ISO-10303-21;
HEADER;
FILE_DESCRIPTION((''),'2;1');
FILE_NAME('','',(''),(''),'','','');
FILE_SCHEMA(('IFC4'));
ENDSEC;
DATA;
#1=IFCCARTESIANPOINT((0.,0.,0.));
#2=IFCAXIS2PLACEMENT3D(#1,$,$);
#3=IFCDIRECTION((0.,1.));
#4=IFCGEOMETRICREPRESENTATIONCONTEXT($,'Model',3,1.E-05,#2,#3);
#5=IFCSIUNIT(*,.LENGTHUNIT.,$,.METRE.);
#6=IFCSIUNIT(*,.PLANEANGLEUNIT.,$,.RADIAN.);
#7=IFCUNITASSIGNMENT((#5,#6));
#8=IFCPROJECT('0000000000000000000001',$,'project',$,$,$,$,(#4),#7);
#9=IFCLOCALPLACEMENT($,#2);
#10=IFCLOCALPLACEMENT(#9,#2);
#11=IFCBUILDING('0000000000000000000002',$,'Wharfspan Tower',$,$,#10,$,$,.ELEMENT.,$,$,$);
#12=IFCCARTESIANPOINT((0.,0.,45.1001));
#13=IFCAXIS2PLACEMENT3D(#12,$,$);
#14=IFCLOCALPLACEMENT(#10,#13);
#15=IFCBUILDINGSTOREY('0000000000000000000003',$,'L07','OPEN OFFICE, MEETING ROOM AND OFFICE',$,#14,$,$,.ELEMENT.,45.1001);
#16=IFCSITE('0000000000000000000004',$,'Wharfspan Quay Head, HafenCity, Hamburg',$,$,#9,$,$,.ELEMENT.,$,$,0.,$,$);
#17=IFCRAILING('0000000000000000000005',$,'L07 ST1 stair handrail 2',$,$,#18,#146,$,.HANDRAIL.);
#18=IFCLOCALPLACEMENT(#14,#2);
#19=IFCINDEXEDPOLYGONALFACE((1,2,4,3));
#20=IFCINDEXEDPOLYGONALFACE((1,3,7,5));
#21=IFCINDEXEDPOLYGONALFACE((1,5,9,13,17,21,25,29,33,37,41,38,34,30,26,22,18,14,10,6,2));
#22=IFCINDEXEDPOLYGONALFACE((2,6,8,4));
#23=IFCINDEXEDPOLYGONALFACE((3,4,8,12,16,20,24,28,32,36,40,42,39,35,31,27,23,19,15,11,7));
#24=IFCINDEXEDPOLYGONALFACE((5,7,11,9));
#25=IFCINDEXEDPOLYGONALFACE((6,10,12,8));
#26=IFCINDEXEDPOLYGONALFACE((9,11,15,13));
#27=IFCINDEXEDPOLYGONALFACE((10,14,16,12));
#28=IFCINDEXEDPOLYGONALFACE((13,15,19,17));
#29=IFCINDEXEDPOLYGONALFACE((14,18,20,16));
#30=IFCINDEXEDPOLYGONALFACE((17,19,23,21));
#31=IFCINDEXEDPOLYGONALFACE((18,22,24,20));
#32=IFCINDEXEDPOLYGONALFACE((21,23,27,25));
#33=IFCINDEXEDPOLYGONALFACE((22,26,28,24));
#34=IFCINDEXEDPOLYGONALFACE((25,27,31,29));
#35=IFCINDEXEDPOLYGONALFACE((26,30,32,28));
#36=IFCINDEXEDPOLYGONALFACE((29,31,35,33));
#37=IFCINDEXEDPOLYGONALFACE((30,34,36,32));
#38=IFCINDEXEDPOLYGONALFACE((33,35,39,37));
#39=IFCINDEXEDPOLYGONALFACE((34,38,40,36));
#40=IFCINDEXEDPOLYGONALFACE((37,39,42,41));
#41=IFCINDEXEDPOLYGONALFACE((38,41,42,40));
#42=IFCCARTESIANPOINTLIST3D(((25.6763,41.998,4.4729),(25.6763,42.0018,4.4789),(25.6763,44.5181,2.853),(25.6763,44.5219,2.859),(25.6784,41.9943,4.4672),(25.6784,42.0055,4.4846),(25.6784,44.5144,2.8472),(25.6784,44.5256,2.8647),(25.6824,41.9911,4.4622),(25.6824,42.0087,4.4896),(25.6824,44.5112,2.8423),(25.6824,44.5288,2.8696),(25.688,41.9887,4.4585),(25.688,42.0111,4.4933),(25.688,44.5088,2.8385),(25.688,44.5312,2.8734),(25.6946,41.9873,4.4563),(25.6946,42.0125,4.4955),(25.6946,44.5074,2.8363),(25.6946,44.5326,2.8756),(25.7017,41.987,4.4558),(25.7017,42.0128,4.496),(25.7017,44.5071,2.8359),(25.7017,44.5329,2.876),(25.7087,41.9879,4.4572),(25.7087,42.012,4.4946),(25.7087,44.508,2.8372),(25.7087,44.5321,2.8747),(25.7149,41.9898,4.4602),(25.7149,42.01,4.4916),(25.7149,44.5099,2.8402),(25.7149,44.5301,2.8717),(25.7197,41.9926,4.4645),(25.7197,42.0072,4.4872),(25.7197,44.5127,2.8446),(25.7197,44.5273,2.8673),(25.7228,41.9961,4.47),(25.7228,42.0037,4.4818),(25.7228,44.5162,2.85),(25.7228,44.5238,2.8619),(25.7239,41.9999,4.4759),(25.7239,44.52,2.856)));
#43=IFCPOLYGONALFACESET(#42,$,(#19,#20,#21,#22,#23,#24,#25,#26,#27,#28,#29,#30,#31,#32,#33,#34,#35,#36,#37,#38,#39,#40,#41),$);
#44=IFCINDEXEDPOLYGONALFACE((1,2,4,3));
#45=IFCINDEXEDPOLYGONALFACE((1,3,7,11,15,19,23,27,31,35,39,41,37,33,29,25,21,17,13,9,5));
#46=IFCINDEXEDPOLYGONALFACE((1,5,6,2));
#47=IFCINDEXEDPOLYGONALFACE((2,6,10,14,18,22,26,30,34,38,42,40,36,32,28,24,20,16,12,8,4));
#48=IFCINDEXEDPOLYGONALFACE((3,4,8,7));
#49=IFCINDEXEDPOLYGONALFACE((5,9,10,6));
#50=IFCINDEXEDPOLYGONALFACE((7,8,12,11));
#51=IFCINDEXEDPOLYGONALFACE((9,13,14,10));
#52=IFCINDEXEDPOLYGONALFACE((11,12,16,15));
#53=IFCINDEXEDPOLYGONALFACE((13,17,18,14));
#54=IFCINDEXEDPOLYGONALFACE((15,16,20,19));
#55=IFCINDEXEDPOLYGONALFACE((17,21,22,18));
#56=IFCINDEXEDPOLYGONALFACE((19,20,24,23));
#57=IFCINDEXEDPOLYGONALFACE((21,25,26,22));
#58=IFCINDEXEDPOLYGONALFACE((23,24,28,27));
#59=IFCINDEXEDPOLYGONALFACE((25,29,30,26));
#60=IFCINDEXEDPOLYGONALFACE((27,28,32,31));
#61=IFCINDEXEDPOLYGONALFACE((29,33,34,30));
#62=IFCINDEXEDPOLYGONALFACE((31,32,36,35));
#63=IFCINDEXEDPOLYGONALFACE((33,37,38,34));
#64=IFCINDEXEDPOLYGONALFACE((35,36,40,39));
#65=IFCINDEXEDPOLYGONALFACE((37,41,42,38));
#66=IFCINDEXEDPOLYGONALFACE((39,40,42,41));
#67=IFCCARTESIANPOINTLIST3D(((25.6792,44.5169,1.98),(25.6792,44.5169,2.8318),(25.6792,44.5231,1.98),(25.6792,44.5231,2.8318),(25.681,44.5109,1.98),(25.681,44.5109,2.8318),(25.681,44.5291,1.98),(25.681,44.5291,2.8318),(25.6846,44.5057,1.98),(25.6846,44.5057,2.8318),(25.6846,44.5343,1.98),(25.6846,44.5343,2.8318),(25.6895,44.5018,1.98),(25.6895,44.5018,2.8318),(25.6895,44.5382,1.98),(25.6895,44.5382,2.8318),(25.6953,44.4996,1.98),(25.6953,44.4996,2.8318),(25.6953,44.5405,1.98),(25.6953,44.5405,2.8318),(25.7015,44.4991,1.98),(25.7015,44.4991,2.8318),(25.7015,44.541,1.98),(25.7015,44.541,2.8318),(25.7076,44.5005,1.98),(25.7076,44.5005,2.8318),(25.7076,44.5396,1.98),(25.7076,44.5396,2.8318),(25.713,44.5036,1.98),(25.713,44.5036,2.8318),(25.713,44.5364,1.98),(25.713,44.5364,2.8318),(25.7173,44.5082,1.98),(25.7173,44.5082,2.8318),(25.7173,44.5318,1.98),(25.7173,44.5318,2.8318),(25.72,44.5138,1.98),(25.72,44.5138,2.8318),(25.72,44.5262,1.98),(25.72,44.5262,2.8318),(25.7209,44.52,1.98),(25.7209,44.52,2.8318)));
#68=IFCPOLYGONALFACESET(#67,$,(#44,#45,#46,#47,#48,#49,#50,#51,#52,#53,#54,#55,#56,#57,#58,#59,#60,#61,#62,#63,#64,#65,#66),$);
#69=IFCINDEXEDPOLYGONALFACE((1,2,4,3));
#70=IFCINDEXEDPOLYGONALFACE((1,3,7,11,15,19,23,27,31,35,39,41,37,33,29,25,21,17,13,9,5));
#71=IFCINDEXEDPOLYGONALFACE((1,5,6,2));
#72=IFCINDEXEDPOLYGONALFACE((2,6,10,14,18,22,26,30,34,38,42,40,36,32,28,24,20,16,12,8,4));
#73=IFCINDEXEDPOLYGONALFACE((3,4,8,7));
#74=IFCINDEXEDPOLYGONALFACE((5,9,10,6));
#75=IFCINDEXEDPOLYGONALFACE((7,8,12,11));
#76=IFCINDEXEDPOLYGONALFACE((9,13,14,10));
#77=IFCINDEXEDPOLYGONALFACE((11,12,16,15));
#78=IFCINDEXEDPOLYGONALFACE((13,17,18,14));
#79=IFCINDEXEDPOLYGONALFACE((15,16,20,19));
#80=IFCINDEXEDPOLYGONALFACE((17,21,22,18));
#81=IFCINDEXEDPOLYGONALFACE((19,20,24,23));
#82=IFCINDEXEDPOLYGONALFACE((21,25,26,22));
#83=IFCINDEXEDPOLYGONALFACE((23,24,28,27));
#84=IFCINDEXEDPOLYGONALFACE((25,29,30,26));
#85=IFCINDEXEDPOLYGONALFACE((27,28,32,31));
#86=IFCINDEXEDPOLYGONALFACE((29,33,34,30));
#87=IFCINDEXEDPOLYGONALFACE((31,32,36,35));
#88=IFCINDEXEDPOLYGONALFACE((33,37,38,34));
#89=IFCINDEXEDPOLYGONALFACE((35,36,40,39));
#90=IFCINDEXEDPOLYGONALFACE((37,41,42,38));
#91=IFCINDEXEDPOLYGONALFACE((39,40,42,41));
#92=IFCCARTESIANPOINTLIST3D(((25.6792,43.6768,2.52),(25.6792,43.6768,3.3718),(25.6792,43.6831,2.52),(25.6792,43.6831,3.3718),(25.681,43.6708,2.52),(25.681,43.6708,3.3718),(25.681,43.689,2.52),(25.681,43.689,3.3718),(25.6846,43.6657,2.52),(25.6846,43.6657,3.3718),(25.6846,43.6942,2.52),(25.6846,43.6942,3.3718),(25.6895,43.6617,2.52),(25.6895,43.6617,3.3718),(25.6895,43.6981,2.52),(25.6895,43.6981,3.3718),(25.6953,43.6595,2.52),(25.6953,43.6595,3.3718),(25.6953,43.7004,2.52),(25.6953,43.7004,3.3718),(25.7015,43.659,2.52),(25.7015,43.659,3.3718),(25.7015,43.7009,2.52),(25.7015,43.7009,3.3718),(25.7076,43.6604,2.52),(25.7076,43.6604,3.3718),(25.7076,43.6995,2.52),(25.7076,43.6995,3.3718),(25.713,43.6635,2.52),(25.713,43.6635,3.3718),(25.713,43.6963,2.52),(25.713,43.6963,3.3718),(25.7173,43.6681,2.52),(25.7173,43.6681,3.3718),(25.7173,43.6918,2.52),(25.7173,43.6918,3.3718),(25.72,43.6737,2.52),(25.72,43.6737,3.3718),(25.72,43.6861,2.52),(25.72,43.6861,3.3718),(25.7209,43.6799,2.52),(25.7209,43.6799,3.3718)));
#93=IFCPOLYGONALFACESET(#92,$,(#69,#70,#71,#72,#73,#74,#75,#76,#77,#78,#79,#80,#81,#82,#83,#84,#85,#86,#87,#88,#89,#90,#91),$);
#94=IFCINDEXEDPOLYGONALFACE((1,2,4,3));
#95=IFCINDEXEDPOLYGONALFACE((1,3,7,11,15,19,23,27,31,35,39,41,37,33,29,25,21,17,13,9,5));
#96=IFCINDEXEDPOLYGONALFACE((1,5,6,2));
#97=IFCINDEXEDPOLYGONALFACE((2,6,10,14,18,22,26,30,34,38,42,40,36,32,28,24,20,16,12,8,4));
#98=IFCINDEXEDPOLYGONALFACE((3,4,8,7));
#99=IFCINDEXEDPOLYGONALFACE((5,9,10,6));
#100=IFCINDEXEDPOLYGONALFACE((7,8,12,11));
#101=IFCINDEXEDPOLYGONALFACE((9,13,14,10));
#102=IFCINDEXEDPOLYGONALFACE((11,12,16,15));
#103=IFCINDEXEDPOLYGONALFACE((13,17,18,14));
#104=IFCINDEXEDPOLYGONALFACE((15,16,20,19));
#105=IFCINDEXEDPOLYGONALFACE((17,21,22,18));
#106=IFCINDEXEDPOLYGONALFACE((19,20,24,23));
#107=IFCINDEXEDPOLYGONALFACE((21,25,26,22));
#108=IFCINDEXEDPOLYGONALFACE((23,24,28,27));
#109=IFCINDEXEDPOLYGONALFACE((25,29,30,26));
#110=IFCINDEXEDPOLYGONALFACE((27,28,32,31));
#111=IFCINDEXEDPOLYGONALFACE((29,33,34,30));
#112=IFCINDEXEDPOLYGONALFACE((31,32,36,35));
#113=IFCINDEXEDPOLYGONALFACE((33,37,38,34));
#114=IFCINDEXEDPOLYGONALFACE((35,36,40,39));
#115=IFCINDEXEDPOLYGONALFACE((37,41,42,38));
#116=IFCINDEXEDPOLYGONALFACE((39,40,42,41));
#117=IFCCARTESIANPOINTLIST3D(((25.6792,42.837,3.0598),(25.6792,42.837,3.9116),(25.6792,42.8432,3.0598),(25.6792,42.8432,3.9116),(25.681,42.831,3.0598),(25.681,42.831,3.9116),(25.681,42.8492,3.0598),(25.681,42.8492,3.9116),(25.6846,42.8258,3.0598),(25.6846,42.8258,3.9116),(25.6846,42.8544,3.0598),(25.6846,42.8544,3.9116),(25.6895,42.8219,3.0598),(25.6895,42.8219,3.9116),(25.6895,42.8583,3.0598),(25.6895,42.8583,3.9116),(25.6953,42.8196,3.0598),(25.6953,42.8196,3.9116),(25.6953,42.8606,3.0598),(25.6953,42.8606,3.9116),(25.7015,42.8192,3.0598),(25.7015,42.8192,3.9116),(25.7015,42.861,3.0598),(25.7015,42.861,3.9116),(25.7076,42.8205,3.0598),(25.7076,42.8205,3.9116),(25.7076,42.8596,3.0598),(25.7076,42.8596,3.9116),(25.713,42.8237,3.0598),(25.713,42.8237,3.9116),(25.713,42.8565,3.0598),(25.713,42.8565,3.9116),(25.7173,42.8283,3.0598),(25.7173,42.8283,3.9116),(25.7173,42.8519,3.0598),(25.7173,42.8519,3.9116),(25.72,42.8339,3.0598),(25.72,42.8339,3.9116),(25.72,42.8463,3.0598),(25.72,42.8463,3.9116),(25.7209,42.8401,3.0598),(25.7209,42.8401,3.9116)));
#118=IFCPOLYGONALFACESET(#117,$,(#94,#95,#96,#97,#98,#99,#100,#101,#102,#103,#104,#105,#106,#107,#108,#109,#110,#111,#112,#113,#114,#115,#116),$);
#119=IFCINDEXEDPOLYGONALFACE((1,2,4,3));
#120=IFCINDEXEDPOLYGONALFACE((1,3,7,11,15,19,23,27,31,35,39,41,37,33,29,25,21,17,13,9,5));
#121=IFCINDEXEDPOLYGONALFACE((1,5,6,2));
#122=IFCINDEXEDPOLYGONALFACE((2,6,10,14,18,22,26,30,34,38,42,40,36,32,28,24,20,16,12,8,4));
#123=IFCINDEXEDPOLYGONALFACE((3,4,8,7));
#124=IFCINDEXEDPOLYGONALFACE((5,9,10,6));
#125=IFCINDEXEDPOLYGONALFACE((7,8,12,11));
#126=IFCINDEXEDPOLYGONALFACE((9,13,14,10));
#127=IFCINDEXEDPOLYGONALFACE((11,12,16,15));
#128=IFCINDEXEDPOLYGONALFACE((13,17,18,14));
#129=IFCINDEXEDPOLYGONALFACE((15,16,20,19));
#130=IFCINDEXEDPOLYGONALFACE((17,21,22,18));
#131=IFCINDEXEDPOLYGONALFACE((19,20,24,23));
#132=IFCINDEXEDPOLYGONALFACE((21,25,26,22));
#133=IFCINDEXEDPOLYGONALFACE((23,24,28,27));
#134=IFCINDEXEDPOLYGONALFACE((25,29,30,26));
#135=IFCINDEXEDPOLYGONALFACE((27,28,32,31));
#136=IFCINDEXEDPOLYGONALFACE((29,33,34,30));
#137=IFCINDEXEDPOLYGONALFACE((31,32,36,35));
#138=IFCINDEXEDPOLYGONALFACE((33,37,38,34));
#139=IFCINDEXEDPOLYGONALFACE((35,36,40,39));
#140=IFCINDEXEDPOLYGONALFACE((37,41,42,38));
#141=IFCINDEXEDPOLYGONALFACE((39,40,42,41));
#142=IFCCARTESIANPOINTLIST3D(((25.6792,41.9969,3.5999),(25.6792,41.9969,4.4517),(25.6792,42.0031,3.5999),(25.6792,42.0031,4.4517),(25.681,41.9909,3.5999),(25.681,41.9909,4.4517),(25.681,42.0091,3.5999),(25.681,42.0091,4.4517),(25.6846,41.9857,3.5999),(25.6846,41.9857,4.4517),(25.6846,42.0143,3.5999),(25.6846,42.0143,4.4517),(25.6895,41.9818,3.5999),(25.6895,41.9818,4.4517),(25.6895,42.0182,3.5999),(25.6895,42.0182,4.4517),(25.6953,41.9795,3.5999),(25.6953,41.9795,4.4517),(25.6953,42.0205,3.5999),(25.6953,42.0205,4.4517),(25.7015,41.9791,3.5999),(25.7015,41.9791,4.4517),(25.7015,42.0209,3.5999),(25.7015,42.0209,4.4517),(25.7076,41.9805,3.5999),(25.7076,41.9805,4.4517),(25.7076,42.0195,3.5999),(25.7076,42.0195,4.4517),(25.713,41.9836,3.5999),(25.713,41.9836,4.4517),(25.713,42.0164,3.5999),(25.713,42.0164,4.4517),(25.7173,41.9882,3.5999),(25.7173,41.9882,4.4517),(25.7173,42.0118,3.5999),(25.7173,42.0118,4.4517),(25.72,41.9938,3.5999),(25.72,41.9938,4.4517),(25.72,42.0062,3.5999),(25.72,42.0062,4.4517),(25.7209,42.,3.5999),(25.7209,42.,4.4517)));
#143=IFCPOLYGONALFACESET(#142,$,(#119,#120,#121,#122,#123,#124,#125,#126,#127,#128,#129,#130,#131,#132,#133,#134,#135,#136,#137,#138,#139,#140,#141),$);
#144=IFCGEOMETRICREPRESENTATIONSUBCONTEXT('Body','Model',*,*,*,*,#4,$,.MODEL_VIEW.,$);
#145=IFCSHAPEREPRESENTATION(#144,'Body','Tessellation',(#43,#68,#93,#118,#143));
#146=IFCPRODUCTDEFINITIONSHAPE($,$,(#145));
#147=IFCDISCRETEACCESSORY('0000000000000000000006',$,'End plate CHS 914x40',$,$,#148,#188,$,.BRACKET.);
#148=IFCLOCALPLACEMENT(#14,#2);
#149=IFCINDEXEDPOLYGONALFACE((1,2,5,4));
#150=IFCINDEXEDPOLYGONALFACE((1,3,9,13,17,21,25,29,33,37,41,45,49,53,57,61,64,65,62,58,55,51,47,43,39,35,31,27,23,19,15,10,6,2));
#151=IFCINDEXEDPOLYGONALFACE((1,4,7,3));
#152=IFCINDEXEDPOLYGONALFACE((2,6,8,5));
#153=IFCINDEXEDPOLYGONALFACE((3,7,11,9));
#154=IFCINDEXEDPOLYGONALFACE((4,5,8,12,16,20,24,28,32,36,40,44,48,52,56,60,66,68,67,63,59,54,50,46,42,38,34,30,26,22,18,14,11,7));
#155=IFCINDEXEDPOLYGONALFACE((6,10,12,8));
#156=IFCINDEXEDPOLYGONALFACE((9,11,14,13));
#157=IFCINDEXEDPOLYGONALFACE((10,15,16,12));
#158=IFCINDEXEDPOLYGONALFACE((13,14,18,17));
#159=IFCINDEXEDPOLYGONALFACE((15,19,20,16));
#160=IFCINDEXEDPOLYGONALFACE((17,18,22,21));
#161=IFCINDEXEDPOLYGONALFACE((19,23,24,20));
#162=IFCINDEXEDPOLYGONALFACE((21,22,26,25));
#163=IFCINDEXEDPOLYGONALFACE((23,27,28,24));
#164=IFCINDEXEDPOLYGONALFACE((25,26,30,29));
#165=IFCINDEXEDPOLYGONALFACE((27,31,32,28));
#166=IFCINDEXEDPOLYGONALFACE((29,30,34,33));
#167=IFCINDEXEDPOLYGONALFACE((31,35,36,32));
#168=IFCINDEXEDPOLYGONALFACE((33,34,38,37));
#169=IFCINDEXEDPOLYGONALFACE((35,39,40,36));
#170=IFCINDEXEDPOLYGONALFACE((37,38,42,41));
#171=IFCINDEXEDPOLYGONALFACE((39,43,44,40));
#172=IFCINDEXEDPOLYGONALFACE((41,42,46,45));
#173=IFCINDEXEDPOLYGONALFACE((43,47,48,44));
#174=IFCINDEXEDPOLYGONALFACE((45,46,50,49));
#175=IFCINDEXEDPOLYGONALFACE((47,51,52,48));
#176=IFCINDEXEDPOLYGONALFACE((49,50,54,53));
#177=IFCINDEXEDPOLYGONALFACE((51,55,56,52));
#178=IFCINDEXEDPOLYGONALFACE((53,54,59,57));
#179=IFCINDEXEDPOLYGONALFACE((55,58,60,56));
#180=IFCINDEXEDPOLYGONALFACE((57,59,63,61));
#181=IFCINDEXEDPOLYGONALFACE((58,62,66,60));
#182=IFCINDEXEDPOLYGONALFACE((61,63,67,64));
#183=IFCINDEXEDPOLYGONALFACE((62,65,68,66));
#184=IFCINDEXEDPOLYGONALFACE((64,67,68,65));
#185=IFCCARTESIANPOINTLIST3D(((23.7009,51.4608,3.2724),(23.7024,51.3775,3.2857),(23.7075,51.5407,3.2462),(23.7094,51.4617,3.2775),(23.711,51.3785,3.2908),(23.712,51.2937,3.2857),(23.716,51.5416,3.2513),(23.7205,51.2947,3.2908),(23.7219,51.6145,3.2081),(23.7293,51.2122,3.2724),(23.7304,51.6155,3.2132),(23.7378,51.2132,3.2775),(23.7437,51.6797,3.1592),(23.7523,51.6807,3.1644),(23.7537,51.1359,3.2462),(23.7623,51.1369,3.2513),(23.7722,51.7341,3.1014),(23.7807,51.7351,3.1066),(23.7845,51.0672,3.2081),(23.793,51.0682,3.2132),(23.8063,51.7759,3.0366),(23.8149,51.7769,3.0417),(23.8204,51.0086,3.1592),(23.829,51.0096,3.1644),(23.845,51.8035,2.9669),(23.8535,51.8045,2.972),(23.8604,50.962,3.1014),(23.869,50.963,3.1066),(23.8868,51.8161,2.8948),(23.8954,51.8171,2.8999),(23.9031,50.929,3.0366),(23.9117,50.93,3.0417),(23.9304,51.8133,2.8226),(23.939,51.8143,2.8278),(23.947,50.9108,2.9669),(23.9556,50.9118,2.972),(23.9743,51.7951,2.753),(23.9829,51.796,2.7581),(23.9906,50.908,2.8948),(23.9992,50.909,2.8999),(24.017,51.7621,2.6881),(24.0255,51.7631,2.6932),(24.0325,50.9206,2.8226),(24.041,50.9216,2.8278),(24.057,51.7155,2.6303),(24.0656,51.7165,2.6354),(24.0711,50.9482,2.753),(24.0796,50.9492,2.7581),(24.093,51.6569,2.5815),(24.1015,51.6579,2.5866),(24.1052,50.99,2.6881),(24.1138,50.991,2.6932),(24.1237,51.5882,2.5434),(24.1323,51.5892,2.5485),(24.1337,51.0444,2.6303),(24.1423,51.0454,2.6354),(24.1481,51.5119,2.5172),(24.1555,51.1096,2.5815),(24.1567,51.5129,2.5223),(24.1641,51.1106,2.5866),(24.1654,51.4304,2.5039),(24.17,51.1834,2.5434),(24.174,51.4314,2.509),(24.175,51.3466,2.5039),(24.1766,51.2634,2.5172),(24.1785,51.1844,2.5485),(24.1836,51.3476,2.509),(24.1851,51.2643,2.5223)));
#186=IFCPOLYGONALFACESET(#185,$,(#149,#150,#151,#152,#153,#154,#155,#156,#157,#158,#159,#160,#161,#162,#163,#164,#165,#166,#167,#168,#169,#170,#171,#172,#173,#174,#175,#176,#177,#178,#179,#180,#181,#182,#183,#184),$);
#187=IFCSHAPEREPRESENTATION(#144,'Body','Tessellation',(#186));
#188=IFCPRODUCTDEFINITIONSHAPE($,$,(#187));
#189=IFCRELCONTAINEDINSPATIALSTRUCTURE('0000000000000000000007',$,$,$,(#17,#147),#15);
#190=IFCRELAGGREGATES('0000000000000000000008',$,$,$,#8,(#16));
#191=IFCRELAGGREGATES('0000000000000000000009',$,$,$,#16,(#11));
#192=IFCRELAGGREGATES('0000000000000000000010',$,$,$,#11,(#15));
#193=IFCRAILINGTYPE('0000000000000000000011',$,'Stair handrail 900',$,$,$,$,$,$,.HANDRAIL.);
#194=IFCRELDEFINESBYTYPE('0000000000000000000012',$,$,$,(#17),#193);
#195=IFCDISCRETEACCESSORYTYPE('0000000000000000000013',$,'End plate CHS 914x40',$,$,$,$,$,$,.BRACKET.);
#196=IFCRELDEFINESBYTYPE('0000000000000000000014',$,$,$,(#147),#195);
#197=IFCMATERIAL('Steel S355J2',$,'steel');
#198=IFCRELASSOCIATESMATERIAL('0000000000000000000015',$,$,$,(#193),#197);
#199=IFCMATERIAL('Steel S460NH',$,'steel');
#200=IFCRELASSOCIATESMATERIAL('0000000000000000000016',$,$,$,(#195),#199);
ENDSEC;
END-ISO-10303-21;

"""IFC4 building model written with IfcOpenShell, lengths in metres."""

from ifc_helpers import new_model, si_unit, direction, frame, origin, origin_2d, place, context, subcontext, project, spatial, circle, extrude, material, material_profile, profile_set, type_object, element, save


model = new_model("IFC4")

# Units and contexts
model_context = context("Model", 3, precision=1e-05, world=origin(), true_north=direction((0.0, 1.0)))
body_context = subcontext(model_context, "Body", "Model", "MODEL_VIEW")
ifc_project = project(units=[si_unit("LENGTHUNIT", "METRE"), si_unit("PLANEANGLEUNIT", "RADIAN")], contexts=[model_context])

# Site, building, storey
site_placement = place(None, origin())
site = spatial("IfcSite", under=ifc_project, at=site_placement, Name="Wharfspan Quay Head, HafenCity, Hamburg", CompositionType="ELEMENT", RefElevation=0.0)
building_placement = place(site_placement, origin())
building = spatial("IfcBuilding", under=site, at=building_placement, Name="Wharfspan Tower", CompositionType="ELEMENT")
storey_placement = place(building_placement, frame((0.0, 0.0, 45.1001)))
storey = spatial("IfcBuildingStorey", under=building, at=storey_placement, Name="L07", Description="OPEN OFFICE, MEETING ROOM AND OFFICE", CompositionType="ELEMENT", Elevation=45.1001)

# Shared definitions
ifc_material_1 = material(Name="Steel S355J2", Category="steel")

# Shared definitions
ifc_material_2 = material(Name="Steel S460NH", Category="steel")

# Railing
railing_type_1 = type_object("IfcRailingType", Name="Stair handrail 900", PredefinedType="HANDRAIL", material=ifc_material_1)
railing_1_placement = place(storey_placement, frame((25.7, 44.52, 1.98)))
element("IfcRailing", 1, at=railing_1_placement, inside=storey, type_object=railing_type_1, Name="L07 ST1 stair handrail 2", PredefinedType="HANDRAIL", context=body_context, shape_type="SweptSolid", body=[
    extrude(circle(Radius=0.0239, at=origin_2d()), frame((0.0, 0.0, 0.876), z_axis=(0.0, -0.8412, 0.540725), x_axis=(1.0, 0.0, 0.0)), (0.0, 0.0, 1.0), 2.9958),
    extrude(circle(Radius=0.021, at=origin_2d()), origin(), (0.0, 0.0, 1.0), 0.8518),
    extrude(circle(Radius=0.021, at=origin_2d()), frame((0.0, -0.8401, 0.54)), (0.0, 0.0, 1.0), 0.8518),
    extrude(circle(Radius=0.021, at=origin_2d()), frame((0.0, -1.6799, 1.0798)), (0.0, 0.0, 1.0), 0.8518),
    extrude(circle(Radius=0.021, at=origin_2d()), frame((0.0, -2.52, 1.6199)), (0.0, 0.0, 1.0), 0.8518),
])

# Discrete accessory
ifc_material_profile_1 = material_profile(ifc_material_2, circle(Radius=0.457, at=origin_2d()))
ifc_profile_set_1 = profile_set([ifc_material_profile_1], Name="Steel S460NH")
discrete_accessory_type = type_object("IfcDiscreteAccessoryType", Name="End plate CHS 914x40", PredefinedType="BRACKET", material=ifc_profile_set_1)
for number, where, z_axis, x_axis, name in (
    (2, (23.9387, 51.3621, 2.8948), (0.853405, 0.097532, 0.512043), (-0.113547, 0.993531, 0.000001), "End plate CHS 914x40"),
):
    element("IfcDiscreteAccessory", number, at=place(storey_placement, frame(where, z_axis=z_axis, x_axis=x_axis)), inside=storey, type_object=discrete_accessory_type, Name=name, PredefinedType="BRACKET", context=body_context, shape_type="SweptSolid", body=[
        extrude(circle(Radius=0.457, at=origin_2d()), origin(), (0.0, 0.0, 1.0), 0.01),
    ])

save(model, "model.ifc")
